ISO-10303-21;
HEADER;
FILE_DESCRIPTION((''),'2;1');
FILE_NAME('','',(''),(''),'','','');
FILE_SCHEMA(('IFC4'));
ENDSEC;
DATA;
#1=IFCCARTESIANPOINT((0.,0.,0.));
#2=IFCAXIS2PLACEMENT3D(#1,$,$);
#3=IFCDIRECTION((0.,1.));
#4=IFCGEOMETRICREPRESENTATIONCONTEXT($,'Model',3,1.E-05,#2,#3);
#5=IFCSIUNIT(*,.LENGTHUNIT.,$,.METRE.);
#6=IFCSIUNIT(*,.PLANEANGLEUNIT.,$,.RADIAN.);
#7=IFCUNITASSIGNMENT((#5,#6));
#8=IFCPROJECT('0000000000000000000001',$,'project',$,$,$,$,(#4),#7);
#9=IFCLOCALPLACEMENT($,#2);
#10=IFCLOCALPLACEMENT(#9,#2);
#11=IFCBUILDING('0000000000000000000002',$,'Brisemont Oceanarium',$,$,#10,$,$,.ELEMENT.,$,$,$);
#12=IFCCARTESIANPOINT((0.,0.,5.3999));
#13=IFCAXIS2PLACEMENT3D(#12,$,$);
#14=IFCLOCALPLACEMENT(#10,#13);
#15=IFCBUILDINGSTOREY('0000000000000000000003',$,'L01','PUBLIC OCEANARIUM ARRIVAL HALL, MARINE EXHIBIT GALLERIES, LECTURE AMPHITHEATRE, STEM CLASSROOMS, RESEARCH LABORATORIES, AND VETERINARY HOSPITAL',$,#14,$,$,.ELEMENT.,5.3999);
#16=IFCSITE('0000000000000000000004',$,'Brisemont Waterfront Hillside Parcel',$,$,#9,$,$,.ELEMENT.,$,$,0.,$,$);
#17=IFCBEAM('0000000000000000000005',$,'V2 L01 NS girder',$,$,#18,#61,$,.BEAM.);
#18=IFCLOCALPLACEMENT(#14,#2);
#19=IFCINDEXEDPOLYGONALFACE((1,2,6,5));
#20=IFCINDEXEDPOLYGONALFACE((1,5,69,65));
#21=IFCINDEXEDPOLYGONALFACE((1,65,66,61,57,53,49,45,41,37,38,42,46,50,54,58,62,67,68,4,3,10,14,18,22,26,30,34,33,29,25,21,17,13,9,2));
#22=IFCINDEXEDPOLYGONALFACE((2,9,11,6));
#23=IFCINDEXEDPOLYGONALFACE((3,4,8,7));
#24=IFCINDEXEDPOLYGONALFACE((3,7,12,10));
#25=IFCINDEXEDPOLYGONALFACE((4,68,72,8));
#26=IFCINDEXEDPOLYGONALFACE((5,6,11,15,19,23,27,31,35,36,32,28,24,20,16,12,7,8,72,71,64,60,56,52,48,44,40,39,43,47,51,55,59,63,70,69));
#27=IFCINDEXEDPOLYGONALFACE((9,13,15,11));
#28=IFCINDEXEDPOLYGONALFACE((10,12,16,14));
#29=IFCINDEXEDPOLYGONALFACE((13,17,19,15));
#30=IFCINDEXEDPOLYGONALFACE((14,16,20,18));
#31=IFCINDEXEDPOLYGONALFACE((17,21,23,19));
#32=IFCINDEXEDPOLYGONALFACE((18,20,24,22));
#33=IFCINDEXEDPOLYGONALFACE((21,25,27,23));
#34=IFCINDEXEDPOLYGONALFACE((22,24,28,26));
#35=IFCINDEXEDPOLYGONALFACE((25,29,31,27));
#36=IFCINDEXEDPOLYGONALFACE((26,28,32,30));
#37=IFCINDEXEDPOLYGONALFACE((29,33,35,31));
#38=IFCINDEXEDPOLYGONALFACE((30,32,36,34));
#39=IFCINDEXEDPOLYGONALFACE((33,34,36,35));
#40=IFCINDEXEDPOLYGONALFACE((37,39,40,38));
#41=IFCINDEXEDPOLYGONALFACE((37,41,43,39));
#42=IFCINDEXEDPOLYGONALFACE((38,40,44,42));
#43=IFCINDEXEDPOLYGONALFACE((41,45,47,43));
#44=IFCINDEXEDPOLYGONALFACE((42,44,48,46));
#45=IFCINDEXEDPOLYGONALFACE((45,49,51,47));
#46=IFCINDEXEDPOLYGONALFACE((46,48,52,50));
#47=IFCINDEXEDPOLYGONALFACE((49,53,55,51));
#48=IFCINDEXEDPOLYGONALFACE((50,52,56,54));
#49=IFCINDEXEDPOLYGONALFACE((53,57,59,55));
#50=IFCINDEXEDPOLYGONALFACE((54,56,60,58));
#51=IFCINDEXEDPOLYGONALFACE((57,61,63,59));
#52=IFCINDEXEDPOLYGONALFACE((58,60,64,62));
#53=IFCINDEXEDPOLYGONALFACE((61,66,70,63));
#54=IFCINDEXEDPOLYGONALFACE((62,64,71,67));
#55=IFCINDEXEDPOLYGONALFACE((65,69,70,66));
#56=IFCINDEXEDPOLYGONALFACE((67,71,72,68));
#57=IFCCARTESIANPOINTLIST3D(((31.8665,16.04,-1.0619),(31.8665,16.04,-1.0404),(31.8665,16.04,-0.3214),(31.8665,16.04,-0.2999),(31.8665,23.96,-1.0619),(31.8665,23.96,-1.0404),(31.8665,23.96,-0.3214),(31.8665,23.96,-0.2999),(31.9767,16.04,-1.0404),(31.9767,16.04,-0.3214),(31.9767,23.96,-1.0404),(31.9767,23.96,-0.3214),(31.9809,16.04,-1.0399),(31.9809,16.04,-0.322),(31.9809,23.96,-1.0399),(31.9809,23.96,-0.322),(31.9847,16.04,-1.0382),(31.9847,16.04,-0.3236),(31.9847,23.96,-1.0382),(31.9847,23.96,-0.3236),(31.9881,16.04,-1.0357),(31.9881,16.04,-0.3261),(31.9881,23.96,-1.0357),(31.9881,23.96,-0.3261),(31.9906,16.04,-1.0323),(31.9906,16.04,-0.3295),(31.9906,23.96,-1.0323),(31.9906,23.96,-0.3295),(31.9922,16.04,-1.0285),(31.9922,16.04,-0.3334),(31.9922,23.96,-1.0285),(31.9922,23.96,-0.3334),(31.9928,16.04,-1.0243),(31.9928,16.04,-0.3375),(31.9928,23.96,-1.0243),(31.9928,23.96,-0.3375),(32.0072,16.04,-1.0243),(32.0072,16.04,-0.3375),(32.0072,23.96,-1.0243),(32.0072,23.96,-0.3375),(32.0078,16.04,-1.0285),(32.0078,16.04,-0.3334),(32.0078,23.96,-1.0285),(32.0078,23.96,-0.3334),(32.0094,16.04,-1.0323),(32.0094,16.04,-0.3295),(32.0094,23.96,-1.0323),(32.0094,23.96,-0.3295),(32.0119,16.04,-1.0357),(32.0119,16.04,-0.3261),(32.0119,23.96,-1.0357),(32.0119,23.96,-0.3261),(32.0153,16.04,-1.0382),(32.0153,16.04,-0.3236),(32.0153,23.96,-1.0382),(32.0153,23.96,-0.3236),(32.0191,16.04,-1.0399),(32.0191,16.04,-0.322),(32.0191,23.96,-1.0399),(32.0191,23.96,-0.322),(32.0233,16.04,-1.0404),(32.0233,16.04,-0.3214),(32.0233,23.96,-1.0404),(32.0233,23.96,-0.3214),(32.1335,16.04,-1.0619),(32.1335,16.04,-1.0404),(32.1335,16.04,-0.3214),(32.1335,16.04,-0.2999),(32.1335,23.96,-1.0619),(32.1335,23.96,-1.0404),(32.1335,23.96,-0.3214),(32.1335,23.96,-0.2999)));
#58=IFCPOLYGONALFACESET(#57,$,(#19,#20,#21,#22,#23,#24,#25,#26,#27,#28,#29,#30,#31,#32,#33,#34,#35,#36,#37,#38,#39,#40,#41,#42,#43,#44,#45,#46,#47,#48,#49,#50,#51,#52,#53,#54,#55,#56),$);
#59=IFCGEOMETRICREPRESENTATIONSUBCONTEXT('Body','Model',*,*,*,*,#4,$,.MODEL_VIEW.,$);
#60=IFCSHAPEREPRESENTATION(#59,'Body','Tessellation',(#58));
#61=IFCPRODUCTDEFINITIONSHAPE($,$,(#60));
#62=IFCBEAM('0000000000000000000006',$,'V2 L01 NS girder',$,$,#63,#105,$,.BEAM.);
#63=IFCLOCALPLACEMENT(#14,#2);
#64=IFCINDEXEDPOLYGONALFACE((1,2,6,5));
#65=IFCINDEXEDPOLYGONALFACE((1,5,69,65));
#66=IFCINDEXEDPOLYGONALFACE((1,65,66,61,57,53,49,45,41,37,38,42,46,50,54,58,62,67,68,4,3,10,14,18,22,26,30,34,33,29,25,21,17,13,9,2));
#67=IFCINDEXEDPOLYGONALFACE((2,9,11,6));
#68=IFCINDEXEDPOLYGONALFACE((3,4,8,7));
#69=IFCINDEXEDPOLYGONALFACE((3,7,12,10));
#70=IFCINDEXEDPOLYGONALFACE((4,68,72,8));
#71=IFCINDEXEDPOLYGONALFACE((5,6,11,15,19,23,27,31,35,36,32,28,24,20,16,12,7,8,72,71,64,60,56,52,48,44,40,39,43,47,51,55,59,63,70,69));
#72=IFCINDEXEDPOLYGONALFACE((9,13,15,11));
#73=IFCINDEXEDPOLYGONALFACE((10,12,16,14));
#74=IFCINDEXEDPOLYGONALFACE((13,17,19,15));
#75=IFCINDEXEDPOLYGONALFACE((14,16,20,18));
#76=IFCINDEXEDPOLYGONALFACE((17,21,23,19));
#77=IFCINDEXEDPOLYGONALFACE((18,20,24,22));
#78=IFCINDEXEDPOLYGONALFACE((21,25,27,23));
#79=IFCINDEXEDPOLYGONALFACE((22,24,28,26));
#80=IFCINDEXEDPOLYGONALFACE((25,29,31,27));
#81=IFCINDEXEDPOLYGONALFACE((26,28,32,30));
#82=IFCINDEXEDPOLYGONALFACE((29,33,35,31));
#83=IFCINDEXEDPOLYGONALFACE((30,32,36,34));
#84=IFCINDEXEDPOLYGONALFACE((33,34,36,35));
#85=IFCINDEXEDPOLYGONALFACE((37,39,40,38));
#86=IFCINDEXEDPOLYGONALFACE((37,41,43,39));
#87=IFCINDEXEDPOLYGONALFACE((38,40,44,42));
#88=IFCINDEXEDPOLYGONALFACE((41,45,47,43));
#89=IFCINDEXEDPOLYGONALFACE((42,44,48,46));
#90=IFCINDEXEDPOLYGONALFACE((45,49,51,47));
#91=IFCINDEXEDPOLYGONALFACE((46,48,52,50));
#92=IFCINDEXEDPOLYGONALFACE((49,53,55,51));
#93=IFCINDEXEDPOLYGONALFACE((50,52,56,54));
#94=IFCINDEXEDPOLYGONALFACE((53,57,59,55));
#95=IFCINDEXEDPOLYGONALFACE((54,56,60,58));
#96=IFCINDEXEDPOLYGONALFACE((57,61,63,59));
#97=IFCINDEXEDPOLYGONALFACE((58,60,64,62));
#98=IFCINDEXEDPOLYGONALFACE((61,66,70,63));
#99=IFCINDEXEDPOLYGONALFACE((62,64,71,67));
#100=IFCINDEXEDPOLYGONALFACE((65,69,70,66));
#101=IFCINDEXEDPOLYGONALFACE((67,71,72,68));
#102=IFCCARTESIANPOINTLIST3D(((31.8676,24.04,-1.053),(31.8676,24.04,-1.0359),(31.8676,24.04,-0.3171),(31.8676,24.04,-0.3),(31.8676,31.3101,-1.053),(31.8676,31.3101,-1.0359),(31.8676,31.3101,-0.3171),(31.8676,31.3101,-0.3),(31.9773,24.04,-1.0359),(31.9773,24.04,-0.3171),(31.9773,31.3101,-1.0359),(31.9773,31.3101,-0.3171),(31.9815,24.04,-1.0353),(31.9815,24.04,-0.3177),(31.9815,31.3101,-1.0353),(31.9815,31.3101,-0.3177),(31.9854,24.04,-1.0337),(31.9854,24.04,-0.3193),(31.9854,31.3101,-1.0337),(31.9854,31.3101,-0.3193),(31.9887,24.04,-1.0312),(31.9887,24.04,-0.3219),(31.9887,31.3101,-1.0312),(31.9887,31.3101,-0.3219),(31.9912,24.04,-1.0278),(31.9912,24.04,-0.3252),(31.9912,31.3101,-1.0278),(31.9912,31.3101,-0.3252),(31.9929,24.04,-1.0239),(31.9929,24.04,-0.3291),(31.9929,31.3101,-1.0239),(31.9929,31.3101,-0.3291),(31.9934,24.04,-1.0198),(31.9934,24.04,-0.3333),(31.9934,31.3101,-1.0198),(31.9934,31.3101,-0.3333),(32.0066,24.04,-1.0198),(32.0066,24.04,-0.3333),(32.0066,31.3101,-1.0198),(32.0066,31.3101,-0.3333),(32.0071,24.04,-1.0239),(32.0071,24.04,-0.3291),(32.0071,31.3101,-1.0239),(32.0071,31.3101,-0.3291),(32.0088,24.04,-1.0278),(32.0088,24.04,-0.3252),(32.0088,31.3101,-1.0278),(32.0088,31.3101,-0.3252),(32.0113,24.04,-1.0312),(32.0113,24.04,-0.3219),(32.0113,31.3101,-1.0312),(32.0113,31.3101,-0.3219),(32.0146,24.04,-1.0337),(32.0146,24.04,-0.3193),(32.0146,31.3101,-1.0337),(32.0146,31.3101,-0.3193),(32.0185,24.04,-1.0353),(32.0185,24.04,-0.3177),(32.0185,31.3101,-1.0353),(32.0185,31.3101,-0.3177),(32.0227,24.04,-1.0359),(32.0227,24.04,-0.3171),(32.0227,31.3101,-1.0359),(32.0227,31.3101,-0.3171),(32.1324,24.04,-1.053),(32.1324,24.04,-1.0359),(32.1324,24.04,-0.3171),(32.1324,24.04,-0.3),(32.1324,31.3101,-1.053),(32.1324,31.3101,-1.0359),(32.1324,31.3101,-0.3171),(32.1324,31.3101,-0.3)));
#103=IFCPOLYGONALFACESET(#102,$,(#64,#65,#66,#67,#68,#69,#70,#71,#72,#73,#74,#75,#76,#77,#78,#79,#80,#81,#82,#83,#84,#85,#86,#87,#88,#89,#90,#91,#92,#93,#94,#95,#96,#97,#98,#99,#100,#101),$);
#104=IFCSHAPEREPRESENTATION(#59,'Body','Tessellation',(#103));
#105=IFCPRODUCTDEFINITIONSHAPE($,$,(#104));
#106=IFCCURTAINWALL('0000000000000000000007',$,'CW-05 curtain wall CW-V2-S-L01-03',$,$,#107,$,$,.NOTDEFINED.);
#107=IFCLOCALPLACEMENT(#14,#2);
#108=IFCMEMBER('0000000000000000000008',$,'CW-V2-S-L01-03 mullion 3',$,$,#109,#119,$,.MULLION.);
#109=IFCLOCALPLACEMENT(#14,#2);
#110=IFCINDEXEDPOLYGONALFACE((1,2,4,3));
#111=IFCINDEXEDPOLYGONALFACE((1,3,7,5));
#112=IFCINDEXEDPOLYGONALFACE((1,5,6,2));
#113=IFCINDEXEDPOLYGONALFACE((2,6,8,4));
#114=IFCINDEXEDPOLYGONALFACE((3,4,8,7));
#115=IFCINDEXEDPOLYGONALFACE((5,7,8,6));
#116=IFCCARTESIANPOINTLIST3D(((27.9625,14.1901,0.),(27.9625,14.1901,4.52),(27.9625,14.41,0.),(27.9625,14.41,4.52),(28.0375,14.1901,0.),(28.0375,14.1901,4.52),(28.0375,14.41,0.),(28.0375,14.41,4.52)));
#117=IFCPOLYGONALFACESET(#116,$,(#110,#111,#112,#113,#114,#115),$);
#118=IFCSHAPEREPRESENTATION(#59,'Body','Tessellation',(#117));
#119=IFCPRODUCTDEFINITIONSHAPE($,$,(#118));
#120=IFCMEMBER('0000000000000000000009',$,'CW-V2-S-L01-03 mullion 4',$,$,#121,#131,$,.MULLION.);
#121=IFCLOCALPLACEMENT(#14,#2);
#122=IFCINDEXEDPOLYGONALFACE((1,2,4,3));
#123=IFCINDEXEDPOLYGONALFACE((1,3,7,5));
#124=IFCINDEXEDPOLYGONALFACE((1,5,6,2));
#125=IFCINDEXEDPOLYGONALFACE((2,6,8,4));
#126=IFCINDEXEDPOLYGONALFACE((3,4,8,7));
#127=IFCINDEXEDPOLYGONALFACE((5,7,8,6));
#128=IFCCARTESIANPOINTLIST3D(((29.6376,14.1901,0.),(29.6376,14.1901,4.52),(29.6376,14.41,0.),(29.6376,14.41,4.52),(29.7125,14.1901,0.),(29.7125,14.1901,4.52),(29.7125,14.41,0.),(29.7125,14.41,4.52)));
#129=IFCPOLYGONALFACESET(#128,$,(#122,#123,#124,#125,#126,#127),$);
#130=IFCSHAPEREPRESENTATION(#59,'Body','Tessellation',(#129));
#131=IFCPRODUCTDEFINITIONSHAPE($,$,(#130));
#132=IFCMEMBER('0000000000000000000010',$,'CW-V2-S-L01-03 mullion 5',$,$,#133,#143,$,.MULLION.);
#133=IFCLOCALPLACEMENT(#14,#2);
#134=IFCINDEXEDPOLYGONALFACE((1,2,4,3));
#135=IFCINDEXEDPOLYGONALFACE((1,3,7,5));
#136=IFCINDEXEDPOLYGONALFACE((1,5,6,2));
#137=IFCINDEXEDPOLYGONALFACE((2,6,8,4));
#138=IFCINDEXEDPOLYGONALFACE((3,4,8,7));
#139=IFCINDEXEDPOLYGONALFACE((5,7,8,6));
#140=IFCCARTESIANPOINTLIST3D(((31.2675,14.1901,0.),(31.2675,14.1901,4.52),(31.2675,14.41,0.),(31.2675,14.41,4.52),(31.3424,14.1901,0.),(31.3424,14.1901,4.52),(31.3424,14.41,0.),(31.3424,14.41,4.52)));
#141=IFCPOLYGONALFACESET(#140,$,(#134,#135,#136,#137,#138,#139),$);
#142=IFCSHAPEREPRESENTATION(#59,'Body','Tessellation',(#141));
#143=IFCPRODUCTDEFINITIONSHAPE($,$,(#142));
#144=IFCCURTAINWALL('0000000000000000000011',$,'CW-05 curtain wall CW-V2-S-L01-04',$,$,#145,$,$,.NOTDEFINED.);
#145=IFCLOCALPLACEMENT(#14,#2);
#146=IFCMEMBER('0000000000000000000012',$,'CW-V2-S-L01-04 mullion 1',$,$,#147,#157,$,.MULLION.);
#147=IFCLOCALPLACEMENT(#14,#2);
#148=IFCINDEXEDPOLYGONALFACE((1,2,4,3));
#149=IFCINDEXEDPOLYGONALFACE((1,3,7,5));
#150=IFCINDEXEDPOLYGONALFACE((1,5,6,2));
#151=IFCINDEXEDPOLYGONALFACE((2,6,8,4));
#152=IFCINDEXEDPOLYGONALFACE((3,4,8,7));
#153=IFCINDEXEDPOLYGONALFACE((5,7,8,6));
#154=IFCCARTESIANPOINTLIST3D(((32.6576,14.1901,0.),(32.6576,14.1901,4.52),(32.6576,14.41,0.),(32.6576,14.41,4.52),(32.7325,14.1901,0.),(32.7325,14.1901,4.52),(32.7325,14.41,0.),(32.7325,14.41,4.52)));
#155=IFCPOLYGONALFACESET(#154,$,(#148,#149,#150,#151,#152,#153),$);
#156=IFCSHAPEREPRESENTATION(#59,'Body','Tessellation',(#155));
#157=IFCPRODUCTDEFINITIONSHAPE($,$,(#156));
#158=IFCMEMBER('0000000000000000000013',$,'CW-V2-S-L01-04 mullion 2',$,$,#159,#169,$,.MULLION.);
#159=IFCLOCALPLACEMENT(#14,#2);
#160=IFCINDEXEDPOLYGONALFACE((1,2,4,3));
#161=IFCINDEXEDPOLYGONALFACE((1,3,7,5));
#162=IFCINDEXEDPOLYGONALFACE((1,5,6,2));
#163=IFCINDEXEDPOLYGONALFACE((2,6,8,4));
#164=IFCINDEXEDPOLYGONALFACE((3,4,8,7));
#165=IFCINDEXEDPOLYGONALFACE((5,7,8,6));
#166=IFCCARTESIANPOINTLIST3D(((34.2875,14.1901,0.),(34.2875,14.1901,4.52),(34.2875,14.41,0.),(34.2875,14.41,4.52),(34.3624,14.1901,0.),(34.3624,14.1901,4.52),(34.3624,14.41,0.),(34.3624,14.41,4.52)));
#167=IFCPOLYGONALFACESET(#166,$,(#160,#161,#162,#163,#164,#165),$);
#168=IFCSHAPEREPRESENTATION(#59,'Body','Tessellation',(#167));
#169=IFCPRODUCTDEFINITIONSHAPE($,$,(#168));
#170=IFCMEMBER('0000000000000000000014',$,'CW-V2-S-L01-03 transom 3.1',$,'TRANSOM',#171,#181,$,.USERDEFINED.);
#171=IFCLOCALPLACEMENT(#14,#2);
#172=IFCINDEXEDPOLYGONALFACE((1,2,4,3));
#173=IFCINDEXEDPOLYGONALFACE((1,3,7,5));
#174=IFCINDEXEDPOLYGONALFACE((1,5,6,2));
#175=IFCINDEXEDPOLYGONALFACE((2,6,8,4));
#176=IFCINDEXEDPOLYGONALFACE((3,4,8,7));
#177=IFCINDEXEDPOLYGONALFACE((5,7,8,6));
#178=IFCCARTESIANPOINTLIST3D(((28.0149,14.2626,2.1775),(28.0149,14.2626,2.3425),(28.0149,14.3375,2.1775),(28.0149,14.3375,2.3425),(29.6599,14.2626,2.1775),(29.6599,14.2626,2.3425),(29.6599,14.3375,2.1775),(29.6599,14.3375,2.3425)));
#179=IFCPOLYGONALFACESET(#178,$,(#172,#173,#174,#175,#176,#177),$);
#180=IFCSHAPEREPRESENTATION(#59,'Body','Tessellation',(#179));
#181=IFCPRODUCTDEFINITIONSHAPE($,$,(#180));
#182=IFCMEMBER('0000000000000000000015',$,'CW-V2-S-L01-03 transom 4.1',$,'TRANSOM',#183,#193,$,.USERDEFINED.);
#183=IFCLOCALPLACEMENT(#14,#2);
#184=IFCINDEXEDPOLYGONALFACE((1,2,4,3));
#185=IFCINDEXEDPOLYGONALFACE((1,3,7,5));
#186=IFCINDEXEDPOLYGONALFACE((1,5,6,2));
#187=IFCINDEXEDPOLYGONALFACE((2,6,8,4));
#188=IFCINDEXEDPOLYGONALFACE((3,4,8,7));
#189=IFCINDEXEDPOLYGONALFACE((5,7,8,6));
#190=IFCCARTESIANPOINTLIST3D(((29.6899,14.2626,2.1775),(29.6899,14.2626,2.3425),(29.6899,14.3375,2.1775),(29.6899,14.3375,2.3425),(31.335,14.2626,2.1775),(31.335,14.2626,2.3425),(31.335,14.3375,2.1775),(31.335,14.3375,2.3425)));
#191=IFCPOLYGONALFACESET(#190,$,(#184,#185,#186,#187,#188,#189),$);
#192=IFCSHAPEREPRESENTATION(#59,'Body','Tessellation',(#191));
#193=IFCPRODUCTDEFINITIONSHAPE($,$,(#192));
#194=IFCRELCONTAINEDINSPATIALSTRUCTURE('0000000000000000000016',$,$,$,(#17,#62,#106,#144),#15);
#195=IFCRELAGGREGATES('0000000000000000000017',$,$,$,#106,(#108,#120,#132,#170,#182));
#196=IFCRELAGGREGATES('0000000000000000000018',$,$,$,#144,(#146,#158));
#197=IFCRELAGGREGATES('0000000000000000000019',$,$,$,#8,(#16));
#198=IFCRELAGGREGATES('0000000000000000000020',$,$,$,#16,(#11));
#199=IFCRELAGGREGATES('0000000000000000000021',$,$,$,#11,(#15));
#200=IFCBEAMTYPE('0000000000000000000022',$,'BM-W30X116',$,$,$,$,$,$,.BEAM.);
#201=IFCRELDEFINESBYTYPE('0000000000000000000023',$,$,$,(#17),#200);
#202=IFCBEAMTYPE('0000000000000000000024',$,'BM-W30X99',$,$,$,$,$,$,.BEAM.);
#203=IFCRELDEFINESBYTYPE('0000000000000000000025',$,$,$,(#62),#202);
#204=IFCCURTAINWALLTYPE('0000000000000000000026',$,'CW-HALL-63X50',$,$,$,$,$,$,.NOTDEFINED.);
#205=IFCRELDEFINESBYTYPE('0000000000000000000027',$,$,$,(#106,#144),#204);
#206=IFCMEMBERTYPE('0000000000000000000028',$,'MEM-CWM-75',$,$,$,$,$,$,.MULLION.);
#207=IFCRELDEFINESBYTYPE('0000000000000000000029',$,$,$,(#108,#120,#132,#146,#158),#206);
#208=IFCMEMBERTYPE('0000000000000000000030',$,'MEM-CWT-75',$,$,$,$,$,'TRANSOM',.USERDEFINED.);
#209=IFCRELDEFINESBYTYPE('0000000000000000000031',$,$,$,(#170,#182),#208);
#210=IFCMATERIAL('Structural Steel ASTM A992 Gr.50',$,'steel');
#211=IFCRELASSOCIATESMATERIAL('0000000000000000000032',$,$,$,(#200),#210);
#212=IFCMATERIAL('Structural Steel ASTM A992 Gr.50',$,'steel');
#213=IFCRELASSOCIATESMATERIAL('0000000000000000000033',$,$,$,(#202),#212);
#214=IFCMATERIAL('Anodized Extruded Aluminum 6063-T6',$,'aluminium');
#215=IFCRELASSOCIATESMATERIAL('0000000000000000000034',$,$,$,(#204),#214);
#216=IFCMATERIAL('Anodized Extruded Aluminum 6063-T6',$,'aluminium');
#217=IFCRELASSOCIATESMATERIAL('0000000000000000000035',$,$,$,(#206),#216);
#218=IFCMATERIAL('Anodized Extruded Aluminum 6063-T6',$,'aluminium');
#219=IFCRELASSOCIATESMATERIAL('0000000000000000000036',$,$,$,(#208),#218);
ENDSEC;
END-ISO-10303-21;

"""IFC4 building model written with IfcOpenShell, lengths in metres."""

from ifc_helpers import new_model, si_unit, direction, frame, origin, origin_2d, place, context, subcontext, project, spatial, rectangle, i_section, extrude, material, material_profile, profile_set, type_object, element, aggregate, save


model = new_model("IFC4")

# Units and contexts
model_context = context("Model", 3, precision=1e-05, world=origin(), true_north=direction((0.0, 1.0)))
body_context = subcontext(model_context, "Body", "Model", "MODEL_VIEW")
ifc_project = project(units=[si_unit("LENGTHUNIT", "METRE"), si_unit("PLANEANGLEUNIT", "RADIAN")], contexts=[model_context])

# Site, building, storey
site_placement = place(None, origin())
site = spatial("IfcSite", under=ifc_project, at=site_placement, Name="Brisemont Waterfront Hillside Parcel", CompositionType="ELEMENT", RefElevation=0.0)
building_placement = place(site_placement, origin())
building = spatial("IfcBuilding", under=site, at=building_placement, Name="Brisemont Oceanarium", CompositionType="ELEMENT")
storey_placement = place(building_placement, frame((0.0, 0.0, 5.3999)))
storey = spatial("IfcBuildingStorey", under=building, at=storey_placement, Name="L01", Description="PUBLIC OCEANARIUM ARRIVAL HALL, MARINE EXHIBIT GALLERIES, LECTURE AMPHITHEATRE, STEM CLASSROOMS, RESEARCH LABORATORIES, AND VETERINARY HOSPITAL", CompositionType="ELEMENT", Elevation=5.3999)

# Beams
ifc_material_1 = material(Name="Structural Steel ASTM A992 Gr.50", Category="steel")
ifc_material_profile_1 = material_profile(ifc_material_1, i_section(OverallWidth=0.2671, OverallDepth=0.762, WebThickness=0.0144, FlangeThickness=0.0215, FilletRadius=0.0161, at=origin_2d()), Name="W30X116")
ifc_profile_set_1 = profile_set([ifc_material_profile_1], Name="Structural Steel ASTM A992 Gr.50")
beam_type_1 = type_object("IfcBeamType", Name="BM-W30X116", PredefinedType="BEAM", material=ifc_profile_set_1)
beam_1_placement = place(storey_placement, frame((32.0, 16.04, -0.6809), z_axis=(0.0, 1.0, 0.0), x_axis=(-1.0, 0.0, 0.0)))
element("IfcBeam", 1, at=beam_1_placement, inside=storey, type_object=beam_type_1, Name="V2 L01 NS girder", PredefinedType="BEAM", context=body_context, shape_type="SweptSolid", body=[
    extrude(i_section(OverallWidth=0.2671, OverallDepth=0.762, WebThickness=0.0144, FlangeThickness=0.0215, FilletRadius=0.0161, at=origin_2d()), origin(), (0.0, 0.0, 1.0), 7.9199),
])
ifc_material_2 = material(Name="Structural Steel ASTM A992 Gr.50", Category="steel")
ifc_material_profile_2 = material_profile(ifc_material_2, i_section(OverallWidth=0.2649, OverallDepth=0.7529, WebThickness=0.0132, FlangeThickness=0.0171, FilletRadius=0.0161, at=origin_2d()), Name="W30X99")
ifc_profile_set_2 = profile_set([ifc_material_profile_2], Name="Structural Steel ASTM A992 Gr.50")
beam_type_2 = type_object("IfcBeamType", Name="BM-W30X99", PredefinedType="BEAM", material=ifc_profile_set_2)
beam_2_placement = place(storey_placement, frame((32.0, 24.04, -0.6765), z_axis=(0.0, 1.0, 0.0), x_axis=(-1.0, 0.0, 0.0)))
element("IfcBeam", 2, at=beam_2_placement, inside=storey, type_object=beam_type_2, Name="V2 L01 NS girder", PredefinedType="BEAM", context=body_context, shape_type="SweptSolid", body=[
    extrude(i_section(OverallWidth=0.2649, OverallDepth=0.7529, WebThickness=0.0132, FlangeThickness=0.0171, FilletRadius=0.0161, at=origin_2d()), origin(), (0.0, 0.0, 1.0), 7.27),
])

# Curtain walls, members
ifc_material_3 = material(Name="Anodized Extruded Aluminum 6063-T6", Category="aluminium")
curtain_wall_type = type_object("IfcCurtainWallType", Name="CW-HALL-63X50", PredefinedType="NOTDEFINED", material=ifc_material_3)
curtain_wall_1_placement = place(storey_placement, origin())
curtain_wall_1 = element("IfcCurtainWall", 3, at=curtain_wall_1_placement, inside=storey, type_object=curtain_wall_type, Name="CW-05 curtain wall CW-V2-S-L01-03", PredefinedType="NOTDEFINED")
ifc_material_4 = material(Name="Anodized Extruded Aluminum 6063-T6", Category="aluminium")
ifc_material_profile_3 = material_profile(ifc_material_4, rectangle(XDim=0.075, YDim=0.22, at=origin_2d()), Name="CWM-75X220")
ifc_profile_set_3 = profile_set([ifc_material_profile_3], Name="Anodized Extruded Aluminum 6063-T6")
member_type_1 = type_object("IfcMemberType", Name="MEM-CWM-75", PredefinedType="MULLION", material=ifc_profile_set_3)
member_1_placement = place(storey_placement, frame((28.0, 14.3, 0.0), z_axis=(0.0, 0.0, 1.0), x_axis=(1.0, 0.0, 0.0)))
member_1 = element("IfcMember", 4, at=member_1_placement, type_object=member_type_1, Name="CW-V2-S-L01-03 mullion 3", PredefinedType="MULLION", context=body_context, shape_type="SweptSolid", body=[
    extrude(rectangle(XDim=0.075, YDim=0.22, at=origin_2d()), origin(), (0.0, 0.0, 1.0), 4.52),
])
member_2_placement = place(storey_placement, frame((29.675, 14.3, 0.0), z_axis=(0.0, 0.0, 1.0), x_axis=(1.0, 0.0, 0.0)))
member_2 = element("IfcMember", 5, at=member_2_placement, type_object=member_type_1, Name="CW-V2-S-L01-03 mullion 4", PredefinedType="MULLION", context=body_context, shape_type="SweptSolid", body=[
    extrude(rectangle(XDim=0.075, YDim=0.22, at=origin_2d()), origin(), (0.0, 0.0, 1.0), 4.52),
])
member_3_placement = place(storey_placement, frame((31.3049, 14.3, 0.0), z_axis=(0.0, 0.0, 1.0), x_axis=(1.0, 0.0, 0.0)))
member_3 = element("IfcMember", 6, at=member_3_placement, type_object=member_type_1, Name="CW-V2-S-L01-03 mullion 5", PredefinedType="MULLION", context=body_context, shape_type="SweptSolid", body=[
    extrude(rectangle(XDim=0.075, YDim=0.22, at=origin_2d()), origin(), (0.0, 0.0, 1.0), 4.52),
])
curtain_wall_2_placement = place(storey_placement, origin())
curtain_wall_2 = element("IfcCurtainWall", 7, at=curtain_wall_2_placement, inside=storey, type_object=curtain_wall_type, Name="CW-05 curtain wall CW-V2-S-L01-04", PredefinedType="NOTDEFINED")
member_4_placement = place(storey_placement, frame((32.6951, 14.3, 0.0), z_axis=(0.0, 0.0, 1.0), x_axis=(1.0, 0.0, 0.0)))
member_4 = element("IfcMember", 8, at=member_4_placement, type_object=member_type_1, Name="CW-V2-S-L01-04 mullion 1", PredefinedType="MULLION", context=body_context, shape_type="SweptSolid", body=[
    extrude(rectangle(XDim=0.075, YDim=0.22, at=origin_2d()), origin(), (0.0, 0.0, 1.0), 4.52),
])
member_5_placement = place(storey_placement, frame((34.325, 14.3, 0.0), z_axis=(0.0, 0.0, 1.0), x_axis=(1.0, 0.0, 0.0)))
member_5 = element("IfcMember", 9, at=member_5_placement, type_object=member_type_1, Name="CW-V2-S-L01-04 mullion 2", PredefinedType="MULLION", context=body_context, shape_type="SweptSolid", body=[
    extrude(rectangle(XDim=0.075, YDim=0.22, at=origin_2d()), origin(), (0.0, 0.0, 1.0), 4.52),
])

# Members
ifc_material_5 = material(Name="Anodized Extruded Aluminum 6063-T6", Category="aluminium")
ifc_material_profile_4 = material_profile(ifc_material_5, rectangle(XDim=0.075, YDim=0.165, at=origin_2d()), Name="CWT-75X165")
ifc_profile_set_4 = profile_set([ifc_material_profile_4], Name="Anodized Extruded Aluminum 6063-T6")
member_type_2 = type_object("IfcMemberType", Name="MEM-CWT-75", ElementType="TRANSOM", PredefinedType="USERDEFINED", material=ifc_profile_set_4)
member_6_placement = place(storey_placement, frame((28.0149, 14.3, 2.26), z_axis=(1.0, 0.0, 0.0), x_axis=(0.0, 1.0, 0.0)))
member_6 = element("IfcMember", 10, at=member_6_placement, type_object=member_type_2, Name="CW-V2-S-L01-03 transom 3.1", ObjectType="TRANSOM", PredefinedType="USERDEFINED", context=body_context, shape_type="SweptSolid", body=[
    extrude(rectangle(XDim=0.075, YDim=0.165, at=origin_2d()), origin(), (0.0, 0.0, 1.0), 1.645),
])
member_7_placement = place(storey_placement, frame((29.6899, 14.3, 2.26), z_axis=(1.0, 0.0, 0.0), x_axis=(0.0, 1.0, 0.0)))
member_7 = element("IfcMember", 11, at=member_7_placement, type_object=member_type_2, Name="CW-V2-S-L01-03 transom 4.1", ObjectType="TRANSOM", PredefinedType="USERDEFINED", context=body_context, shape_type="SweptSolid", body=[
    extrude(rectangle(XDim=0.075, YDim=0.165, at=origin_2d()), origin(), (0.0, 0.0, 1.0), 1.645),
])

aggregate(curtain_wall_1, [member_1, member_2, member_3, member_6, member_7])
aggregate(curtain_wall_2, [member_4, member_5])

save(model, "model.ifc")
